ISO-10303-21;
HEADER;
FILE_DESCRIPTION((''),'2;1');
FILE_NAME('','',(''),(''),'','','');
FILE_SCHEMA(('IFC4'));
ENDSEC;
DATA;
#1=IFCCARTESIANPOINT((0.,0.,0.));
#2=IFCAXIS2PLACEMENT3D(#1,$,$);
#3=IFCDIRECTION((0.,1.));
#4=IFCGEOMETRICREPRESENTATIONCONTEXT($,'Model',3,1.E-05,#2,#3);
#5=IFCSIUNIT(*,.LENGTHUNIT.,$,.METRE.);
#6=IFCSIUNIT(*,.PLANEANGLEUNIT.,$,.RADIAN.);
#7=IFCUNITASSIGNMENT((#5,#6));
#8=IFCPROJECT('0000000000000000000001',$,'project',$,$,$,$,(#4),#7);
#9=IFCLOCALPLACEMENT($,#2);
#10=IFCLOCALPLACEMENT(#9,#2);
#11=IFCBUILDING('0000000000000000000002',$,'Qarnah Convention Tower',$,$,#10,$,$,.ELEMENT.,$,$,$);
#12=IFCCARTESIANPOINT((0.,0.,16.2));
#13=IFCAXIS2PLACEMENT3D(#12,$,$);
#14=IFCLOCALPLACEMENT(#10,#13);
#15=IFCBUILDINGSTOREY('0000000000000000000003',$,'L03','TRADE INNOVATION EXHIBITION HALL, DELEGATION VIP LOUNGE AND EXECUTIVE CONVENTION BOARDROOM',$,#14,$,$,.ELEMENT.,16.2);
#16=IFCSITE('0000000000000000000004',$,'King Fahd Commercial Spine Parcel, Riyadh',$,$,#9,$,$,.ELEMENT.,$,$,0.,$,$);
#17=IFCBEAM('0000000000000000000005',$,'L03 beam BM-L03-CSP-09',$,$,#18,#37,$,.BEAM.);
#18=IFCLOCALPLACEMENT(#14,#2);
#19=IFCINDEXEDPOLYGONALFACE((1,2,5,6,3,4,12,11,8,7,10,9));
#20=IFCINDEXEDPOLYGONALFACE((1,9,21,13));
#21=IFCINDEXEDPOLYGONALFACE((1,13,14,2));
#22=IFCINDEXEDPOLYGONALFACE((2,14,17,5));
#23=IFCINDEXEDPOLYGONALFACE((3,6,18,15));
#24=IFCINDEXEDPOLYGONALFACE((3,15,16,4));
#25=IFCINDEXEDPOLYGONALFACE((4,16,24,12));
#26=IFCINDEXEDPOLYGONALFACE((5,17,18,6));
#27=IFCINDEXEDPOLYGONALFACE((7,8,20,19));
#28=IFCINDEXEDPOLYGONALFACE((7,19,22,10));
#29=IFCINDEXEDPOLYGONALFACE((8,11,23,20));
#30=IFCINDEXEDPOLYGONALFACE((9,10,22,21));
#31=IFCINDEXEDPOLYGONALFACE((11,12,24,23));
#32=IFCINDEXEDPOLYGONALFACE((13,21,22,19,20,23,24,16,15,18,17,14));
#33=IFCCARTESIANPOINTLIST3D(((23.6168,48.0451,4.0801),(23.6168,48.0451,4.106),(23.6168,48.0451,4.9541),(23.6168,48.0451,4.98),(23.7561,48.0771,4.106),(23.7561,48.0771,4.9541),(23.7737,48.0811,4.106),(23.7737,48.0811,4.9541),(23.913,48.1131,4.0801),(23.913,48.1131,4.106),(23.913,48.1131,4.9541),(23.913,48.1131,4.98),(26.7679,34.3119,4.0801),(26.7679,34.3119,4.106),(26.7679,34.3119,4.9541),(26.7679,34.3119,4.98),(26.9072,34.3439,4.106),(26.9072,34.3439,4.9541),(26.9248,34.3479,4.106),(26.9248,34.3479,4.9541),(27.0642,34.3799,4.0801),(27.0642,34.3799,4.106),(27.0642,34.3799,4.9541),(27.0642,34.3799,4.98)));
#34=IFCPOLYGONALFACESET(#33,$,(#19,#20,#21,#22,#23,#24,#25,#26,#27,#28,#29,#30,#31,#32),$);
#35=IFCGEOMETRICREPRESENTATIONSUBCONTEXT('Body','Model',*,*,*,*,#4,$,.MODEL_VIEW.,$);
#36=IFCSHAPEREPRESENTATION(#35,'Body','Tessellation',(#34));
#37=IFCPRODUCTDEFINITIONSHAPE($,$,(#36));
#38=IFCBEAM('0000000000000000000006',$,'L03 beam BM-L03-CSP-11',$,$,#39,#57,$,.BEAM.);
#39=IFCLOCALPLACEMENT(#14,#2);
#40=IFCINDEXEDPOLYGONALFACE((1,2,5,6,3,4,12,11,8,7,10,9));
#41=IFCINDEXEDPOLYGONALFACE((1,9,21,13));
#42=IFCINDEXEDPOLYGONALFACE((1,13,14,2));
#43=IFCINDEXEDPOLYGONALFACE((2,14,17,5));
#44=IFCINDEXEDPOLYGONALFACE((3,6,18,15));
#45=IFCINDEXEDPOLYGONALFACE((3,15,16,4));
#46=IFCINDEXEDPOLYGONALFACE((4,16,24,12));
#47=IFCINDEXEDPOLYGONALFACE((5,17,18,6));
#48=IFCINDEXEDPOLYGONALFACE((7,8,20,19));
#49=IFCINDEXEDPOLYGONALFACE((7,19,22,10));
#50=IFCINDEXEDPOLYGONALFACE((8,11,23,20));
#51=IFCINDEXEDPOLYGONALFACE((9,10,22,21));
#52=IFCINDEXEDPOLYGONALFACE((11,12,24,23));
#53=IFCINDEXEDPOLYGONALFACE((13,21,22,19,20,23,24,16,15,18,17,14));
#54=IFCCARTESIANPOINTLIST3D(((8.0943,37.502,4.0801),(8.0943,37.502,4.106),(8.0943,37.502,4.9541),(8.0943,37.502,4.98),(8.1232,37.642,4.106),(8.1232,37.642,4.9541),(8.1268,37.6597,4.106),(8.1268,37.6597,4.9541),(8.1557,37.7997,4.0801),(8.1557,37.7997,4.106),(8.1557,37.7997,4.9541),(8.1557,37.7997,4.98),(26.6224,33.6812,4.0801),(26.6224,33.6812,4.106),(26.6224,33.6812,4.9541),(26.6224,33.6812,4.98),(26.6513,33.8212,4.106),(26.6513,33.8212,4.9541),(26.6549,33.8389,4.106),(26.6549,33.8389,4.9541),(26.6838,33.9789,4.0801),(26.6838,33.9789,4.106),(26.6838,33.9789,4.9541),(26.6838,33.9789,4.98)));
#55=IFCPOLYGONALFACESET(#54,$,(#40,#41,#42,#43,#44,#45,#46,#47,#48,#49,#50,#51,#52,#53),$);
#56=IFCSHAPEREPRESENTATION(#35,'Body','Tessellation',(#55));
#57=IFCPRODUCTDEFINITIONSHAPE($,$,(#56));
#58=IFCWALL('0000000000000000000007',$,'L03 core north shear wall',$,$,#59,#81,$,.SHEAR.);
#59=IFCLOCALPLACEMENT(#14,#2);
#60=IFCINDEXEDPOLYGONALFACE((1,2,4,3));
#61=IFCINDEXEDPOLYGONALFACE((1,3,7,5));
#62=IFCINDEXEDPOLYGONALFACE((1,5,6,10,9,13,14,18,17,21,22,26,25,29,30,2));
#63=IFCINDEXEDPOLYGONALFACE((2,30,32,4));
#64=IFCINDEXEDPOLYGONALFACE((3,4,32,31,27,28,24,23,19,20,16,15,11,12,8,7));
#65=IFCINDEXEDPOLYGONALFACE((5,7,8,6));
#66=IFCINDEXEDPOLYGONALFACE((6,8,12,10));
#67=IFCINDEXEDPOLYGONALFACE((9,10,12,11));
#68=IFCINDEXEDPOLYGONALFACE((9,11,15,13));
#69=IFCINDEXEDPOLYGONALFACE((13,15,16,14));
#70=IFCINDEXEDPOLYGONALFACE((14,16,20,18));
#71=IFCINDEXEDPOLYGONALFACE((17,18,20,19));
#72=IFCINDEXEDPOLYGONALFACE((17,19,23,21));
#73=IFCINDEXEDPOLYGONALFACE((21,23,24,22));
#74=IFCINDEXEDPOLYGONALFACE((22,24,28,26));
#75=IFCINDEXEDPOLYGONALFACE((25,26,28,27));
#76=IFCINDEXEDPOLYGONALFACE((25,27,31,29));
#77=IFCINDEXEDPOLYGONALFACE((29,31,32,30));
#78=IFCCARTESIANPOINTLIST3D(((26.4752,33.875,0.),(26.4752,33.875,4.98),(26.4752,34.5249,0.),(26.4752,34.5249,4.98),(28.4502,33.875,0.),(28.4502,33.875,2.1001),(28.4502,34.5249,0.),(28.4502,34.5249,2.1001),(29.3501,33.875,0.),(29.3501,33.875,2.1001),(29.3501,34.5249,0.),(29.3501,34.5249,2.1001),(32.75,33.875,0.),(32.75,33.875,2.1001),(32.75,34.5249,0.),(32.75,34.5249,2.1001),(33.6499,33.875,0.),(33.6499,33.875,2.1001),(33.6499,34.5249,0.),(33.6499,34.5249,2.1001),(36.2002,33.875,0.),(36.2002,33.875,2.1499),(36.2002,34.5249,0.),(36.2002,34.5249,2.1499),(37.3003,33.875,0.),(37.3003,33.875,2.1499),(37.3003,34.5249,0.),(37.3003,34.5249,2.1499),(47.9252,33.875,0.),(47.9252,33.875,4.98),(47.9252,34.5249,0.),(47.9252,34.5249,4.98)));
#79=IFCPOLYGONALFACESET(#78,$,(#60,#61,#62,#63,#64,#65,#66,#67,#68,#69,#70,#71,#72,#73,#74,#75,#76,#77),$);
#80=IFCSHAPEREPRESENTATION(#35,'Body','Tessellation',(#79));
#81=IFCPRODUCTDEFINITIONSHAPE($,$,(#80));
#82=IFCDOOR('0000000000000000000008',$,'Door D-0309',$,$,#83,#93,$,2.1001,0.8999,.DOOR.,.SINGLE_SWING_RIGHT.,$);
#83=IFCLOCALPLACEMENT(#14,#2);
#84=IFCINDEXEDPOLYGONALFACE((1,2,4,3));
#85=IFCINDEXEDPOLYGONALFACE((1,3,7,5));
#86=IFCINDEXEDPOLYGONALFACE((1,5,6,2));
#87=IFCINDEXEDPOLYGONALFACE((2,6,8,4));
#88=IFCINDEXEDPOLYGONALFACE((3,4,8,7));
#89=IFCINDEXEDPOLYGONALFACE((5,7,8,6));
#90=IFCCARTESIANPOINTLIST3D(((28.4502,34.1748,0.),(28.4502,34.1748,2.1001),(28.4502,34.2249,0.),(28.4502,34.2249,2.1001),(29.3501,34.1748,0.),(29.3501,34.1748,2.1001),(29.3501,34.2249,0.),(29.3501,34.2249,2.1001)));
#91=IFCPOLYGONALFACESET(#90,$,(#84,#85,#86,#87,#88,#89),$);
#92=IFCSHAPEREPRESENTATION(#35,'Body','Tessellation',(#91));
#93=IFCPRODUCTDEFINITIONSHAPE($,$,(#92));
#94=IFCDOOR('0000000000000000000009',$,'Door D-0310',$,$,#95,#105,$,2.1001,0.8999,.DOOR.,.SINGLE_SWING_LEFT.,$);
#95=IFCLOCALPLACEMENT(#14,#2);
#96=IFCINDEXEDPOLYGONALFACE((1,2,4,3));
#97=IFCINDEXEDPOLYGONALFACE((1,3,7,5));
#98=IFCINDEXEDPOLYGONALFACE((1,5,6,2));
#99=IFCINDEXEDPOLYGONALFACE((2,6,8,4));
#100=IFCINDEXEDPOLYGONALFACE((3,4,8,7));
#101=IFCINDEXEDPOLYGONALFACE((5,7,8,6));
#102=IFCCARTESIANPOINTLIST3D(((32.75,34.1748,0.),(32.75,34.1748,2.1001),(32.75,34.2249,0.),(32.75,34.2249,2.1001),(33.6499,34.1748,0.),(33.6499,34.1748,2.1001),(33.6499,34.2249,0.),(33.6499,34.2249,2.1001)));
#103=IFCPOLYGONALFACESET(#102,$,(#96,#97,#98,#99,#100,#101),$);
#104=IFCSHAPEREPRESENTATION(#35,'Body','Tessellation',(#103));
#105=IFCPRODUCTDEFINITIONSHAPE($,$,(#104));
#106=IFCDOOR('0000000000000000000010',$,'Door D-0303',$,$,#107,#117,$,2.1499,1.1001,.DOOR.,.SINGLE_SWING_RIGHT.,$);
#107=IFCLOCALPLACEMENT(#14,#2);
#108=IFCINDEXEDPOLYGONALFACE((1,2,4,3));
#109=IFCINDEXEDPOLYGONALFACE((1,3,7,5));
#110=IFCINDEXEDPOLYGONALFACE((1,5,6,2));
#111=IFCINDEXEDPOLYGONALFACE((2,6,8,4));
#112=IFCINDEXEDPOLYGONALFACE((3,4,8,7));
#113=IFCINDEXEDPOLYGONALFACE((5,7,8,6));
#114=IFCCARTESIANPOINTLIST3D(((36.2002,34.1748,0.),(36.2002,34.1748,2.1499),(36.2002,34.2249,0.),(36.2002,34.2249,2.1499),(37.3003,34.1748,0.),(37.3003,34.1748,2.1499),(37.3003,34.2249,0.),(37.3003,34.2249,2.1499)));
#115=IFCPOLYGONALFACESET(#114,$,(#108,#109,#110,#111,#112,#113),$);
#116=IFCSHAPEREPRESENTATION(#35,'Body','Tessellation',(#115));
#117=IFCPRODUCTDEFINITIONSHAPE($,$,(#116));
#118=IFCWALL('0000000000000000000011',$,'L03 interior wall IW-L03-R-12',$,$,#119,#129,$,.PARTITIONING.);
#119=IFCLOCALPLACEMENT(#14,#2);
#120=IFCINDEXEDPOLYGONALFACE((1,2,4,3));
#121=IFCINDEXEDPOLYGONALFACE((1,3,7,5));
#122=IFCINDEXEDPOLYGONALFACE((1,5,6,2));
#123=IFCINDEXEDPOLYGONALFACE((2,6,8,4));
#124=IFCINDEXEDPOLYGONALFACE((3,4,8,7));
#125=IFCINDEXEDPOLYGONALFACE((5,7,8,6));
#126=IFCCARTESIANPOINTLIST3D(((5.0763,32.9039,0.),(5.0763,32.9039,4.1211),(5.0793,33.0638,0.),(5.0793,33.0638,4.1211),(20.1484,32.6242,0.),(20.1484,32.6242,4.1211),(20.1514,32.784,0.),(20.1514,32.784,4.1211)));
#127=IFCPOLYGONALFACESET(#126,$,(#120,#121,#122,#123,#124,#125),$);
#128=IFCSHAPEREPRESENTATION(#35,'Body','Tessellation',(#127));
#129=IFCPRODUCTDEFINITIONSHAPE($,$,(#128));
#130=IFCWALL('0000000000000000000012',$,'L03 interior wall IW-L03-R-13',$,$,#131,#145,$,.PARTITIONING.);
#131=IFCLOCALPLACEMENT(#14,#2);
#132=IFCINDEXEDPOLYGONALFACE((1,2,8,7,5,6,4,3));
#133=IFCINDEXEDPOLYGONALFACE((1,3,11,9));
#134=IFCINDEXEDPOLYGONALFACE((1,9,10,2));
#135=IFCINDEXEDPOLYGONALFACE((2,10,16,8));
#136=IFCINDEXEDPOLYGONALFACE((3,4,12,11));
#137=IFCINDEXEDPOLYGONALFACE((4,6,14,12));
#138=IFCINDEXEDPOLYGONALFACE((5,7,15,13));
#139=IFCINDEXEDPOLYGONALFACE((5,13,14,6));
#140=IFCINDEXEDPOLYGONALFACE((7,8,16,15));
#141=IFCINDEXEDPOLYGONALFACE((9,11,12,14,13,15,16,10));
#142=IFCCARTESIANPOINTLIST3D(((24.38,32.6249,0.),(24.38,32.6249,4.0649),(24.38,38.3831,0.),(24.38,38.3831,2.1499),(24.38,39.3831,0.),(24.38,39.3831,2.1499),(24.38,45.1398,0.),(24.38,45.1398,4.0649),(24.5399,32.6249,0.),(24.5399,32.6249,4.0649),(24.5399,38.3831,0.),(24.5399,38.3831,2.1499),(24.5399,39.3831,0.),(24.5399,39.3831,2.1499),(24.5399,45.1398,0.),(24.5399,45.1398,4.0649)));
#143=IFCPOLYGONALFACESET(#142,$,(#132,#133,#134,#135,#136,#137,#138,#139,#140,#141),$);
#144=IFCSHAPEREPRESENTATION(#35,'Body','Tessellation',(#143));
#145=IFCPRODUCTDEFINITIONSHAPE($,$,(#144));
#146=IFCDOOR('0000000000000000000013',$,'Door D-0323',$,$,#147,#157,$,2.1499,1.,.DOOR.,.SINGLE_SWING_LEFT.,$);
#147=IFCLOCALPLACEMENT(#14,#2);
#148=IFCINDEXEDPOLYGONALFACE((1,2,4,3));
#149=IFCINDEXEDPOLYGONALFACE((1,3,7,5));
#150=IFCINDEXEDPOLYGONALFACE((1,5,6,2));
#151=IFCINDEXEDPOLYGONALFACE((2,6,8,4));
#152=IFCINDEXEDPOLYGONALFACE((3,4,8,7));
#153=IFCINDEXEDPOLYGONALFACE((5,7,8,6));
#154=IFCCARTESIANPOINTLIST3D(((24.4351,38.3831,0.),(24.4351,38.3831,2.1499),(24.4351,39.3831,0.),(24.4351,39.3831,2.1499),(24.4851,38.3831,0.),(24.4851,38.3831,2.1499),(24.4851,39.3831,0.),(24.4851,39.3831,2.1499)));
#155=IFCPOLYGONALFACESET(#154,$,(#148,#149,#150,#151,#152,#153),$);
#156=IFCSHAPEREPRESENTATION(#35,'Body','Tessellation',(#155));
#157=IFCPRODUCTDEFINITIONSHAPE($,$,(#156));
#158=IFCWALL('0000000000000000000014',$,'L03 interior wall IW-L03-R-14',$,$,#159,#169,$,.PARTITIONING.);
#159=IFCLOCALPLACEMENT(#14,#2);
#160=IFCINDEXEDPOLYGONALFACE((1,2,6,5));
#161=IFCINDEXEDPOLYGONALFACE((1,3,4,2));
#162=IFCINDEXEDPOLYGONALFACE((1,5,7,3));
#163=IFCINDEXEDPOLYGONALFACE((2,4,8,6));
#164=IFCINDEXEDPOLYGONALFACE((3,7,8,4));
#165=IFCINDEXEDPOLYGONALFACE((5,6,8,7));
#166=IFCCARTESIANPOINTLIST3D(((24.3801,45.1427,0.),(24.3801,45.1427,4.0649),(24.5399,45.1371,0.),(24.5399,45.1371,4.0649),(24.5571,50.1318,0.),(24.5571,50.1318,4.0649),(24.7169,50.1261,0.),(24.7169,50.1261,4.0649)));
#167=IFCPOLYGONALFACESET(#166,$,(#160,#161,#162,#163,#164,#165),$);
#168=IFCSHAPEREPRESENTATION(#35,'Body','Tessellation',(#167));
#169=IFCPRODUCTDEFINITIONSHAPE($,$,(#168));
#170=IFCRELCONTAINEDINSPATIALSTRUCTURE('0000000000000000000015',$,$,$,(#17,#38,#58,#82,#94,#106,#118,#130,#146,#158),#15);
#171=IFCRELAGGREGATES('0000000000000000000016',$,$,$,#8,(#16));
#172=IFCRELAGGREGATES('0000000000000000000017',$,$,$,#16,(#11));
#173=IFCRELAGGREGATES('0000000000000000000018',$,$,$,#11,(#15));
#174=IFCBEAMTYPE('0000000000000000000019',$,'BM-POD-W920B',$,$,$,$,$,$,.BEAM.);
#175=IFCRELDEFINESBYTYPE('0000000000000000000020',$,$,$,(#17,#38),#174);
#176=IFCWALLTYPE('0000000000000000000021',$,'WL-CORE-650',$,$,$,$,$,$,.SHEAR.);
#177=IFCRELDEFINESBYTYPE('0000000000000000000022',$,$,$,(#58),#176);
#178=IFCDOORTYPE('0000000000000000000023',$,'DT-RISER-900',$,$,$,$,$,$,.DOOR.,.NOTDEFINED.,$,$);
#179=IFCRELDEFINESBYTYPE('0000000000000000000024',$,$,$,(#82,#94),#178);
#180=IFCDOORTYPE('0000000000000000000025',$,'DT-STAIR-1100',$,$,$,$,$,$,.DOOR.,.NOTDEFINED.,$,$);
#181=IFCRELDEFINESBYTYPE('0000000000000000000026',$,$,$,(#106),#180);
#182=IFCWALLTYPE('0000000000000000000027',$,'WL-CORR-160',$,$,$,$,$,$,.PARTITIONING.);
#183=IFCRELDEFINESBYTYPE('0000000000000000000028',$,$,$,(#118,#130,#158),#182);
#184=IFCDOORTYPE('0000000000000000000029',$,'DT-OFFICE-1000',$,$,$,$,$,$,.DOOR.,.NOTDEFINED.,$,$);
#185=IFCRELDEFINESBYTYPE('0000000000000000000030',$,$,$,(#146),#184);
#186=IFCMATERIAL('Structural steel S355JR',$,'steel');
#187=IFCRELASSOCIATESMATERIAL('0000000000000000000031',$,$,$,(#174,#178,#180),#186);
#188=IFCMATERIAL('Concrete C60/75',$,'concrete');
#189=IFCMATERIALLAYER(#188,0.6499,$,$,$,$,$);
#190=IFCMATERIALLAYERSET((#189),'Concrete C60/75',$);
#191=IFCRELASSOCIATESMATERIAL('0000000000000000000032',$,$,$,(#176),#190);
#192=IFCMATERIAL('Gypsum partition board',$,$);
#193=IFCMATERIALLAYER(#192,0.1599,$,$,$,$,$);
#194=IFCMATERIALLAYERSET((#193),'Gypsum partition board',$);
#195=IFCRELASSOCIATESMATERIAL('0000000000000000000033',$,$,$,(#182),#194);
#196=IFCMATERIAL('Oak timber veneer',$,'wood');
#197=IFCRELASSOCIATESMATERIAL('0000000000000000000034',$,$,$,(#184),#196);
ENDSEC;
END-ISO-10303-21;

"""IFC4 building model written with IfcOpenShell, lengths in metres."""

from ifc_helpers import new_model, si_unit, direction, frame, frame_2d, origin, origin_2d, place, context, subcontext, project, spatial, rectangle, i_section, extrude, material, layer, layer_set, material_profile, profile_set, type_object, element, fill, save


model = new_model("IFC4")

# Units and contexts
model_context = context("Model", 3, precision=1e-05, world=origin(), true_north=direction((0.0, 1.0)))
body_context = subcontext(model_context, "Body", "Model", "MODEL_VIEW")
ifc_project = project(units=[si_unit("LENGTHUNIT", "METRE"), si_unit("PLANEANGLEUNIT", "RADIAN")], contexts=[model_context])

# Site, building, storey
site_placement = place(None, origin())
site = spatial("IfcSite", under=ifc_project, at=site_placement, Name="King Fahd Commercial Spine Parcel, Riyadh", CompositionType="ELEMENT", RefElevation=0.0)
building_placement = place(site_placement, origin())
building = spatial("IfcBuilding", under=site, at=building_placement, Name="Qarnah Convention Tower", CompositionType="ELEMENT")
storey_placement = place(building_placement, frame((0.0, 0.0, 16.2)))
storey = spatial("IfcBuildingStorey", under=building, at=storey_placement, Name="L03", Description="TRADE INNOVATION EXHIBITION HALL, DELEGATION VIP LOUNGE AND EXECUTIVE CONVENTION BOARDROOM", CompositionType="ELEMENT", Elevation=16.2)

# Shared definitions
ifc_material_1 = material(Name="Concrete C60/75", Category="concrete")

# Beams
ifc_material_2 = material(Name="Structural steel S355JR", Category="steel")
ifc_material_profile_1 = material_profile(ifc_material_2, i_section(OverallWidth=0.304, OverallDepth=0.8999, WebThickness=0.0181, FlangeThickness=0.0259, at=origin_2d()), Name="W920X271")
ifc_profile_set_1 = profile_set([ifc_material_profile_1], Name="Structural steel S355JR")
beam_type_1 = type_object("IfcBeamType", Name="BM-POD-W920B", PredefinedType="BEAM", material=ifc_profile_set_1)
beam_1_placement = place(storey_placement, frame((23.7649, 48.0791, 4.53), z_axis=(0.223642, -0.974671, 0.0), x_axis=(0.974671, 0.223642, 0.0)))
element("IfcBeam", 1, at=beam_1_placement, inside=storey, type_object=beam_type_1, Name="L03 beam BM-L03-CSP-09", PredefinedType="BEAM", context=body_context, shape_type="SweptSolid", body=[
    extrude(i_section(OverallWidth=0.304, OverallDepth=0.8999, WebThickness=0.0181, FlangeThickness=0.0259, at=origin_2d()), origin(), (0.0, 0.0, 1.0), 14.0901),
])
beam_2_placement = place(storey_placement, frame((8.125, 37.6509, 4.53), z_axis=(0.979392, -0.201967, 0.0), x_axis=(0.201967, 0.979392, 0.0)))
element("IfcBeam", 2, at=beam_2_placement, inside=storey, type_object=beam_type_1, Name="L03 beam BM-L03-CSP-11", PredefinedType="BEAM", context=body_context, shape_type="SweptSolid", body=[
    extrude(i_section(OverallWidth=0.304, OverallDepth=0.8999, WebThickness=0.0181, FlangeThickness=0.0259, at=origin_2d()), origin(), (0.0, 0.0, 1.0), 18.918),
])

# Wall, openings, doors
ifc_layer_1 = layer(ifc_material_1, 0.6499)
ifc_layer_set_1 = layer_set([ifc_layer_1], Name="Concrete C60/75")
wall_type_1 = type_object("IfcWallType", Name="WL-CORE-650", PredefinedType="SHEAR", material=ifc_layer_set_1)
wall_1_placement = place(storey_placement, frame((26.4751, 34.2, 0.0), z_axis=(0.0, 0.0, 1.0), x_axis=(1.0, 0.0, 0.0)))
wall_1 = element("IfcWall", 3, at=wall_1_placement, inside=storey, type_object=wall_type_1, Name="L03 core north shear wall", PredefinedType="SHEAR", context=body_context, shape_type="SweptSolid", body=[
    extrude(rectangle(XDim=21.45, YDim=0.6499, at=frame_2d((10.7251, 0.0))), origin(), (0.0, 0.0, 1.0), 4.98),
])
opening_1_placement = place(wall_1_placement, frame((9.7251, 0.0, 0.0)))
opening_1 = element("IfcOpeningElement", 4, at=opening_1_placement, cuts=wall_1, PredefinedType="OPENING", context=body_context, shape_type="SweptSolid", body=[
    extrude(rectangle(XDim=1.1001, YDim=2.1499, at=frame_2d((0.55, 1.075))), frame((0.0, 0.335, 0.0), z_axis=(0.0, -1.0, 0.0), x_axis=(1.0, 0.0, 0.0)), (0.0, 0.0, 1.0), 0.6699),
])
opening_2_placement = place(wall_1_placement, frame((1.9751, 0.0, 0.0)))
opening_2 = element("IfcOpeningElement", 5, at=opening_2_placement, cuts=wall_1, PredefinedType="OPENING", context=body_context, shape_type="SweptSolid", body=[
    extrude(rectangle(XDim=0.8999, YDim=2.1001, at=frame_2d((0.45, 1.05))), frame((0.0, 0.335, 0.0), z_axis=(0.0, -1.0, 0.0), x_axis=(1.0, 0.0, 0.0)), (0.0, 0.0, 1.0), 0.6699),
])
opening_3_placement = place(wall_1_placement, frame((6.2749, 0.0, 0.0)))
opening_3 = element("IfcOpeningElement", 6, at=opening_3_placement, cuts=wall_1, PredefinedType="OPENING", context=body_context, shape_type="SweptSolid", body=[
    extrude(rectangle(XDim=0.8999, YDim=2.1001, at=frame_2d((0.45, 1.05))), frame((0.0, 0.335, 0.0), z_axis=(0.0, -1.0, 0.0), x_axis=(1.0, 0.0, 0.0)), (0.0, 0.0, 1.0), 0.6699),
])
door_type_1 = type_object("IfcDoorType", Name="DT-RISER-900", OperationType="NOTDEFINED", PredefinedType="DOOR", material=ifc_material_2)
door_1_placement = place(opening_2_placement, origin())
door_1 = element("IfcDoor", 7, at=door_1_placement, inside=storey, type_object=door_type_1, Name="Door D-0309", OperationType="SINGLE_SWING_RIGHT", OverallHeight=2.1001, OverallWidth=0.8999, PredefinedType="DOOR", context=body_context, shape_type="SweptSolid", body=[
    extrude(rectangle(XDim=0.8999, YDim=2.1001, at=frame_2d((0.45, 1.05))), frame((0.0, 0.0249, 0.0), z_axis=(0.0, -1.0, 0.0), x_axis=(1.0, 0.0, 0.0)), (0.0, 0.0, 1.0), 0.05),
])
fill(opening_2, door_1)
door_2_placement = place(opening_3_placement, origin())
door_2 = element("IfcDoor", 8, at=door_2_placement, inside=storey, type_object=door_type_1, Name="Door D-0310", OperationType="SINGLE_SWING_LEFT", OverallHeight=2.1001, OverallWidth=0.8999, PredefinedType="DOOR", context=body_context, shape_type="SweptSolid", body=[
    extrude(rectangle(XDim=0.8999, YDim=2.1001, at=frame_2d((0.45, 1.05))), frame((0.0, 0.0249, 0.0), z_axis=(0.0, -1.0, 0.0), x_axis=(1.0, 0.0, 0.0)), (0.0, 0.0, 1.0), 0.05),
])
fill(opening_3, door_2)
door_type_2 = type_object("IfcDoorType", Name="DT-STAIR-1100", OperationType="NOTDEFINED", PredefinedType="DOOR", material=ifc_material_2)
door_3_placement = place(opening_1_placement, origin())
door_3 = element("IfcDoor", 9, at=door_3_placement, inside=storey, type_object=door_type_2, Name="Door D-0303", OperationType="SINGLE_SWING_RIGHT", OverallHeight=2.1499, OverallWidth=1.1001, PredefinedType="DOOR", context=body_context, shape_type="SweptSolid", body=[
    extrude(rectangle(XDim=1.1001, YDim=2.1499, at=frame_2d((0.55, 1.075))), frame((0.0, 0.0249, 0.0), z_axis=(0.0, -1.0, 0.0), x_axis=(1.0, 0.0, 0.0)), (0.0, 0.0, 1.0), 0.05),
])
fill(opening_1, door_3)

# Wall
ifc_material_3 = material(Name="Gypsum partition board")
ifc_layer_2 = layer(ifc_material_3, 0.1599)
ifc_layer_set_2 = layer_set([ifc_layer_2], Name="Gypsum partition board")
wall_type_2 = type_object("IfcWallType", Name="WL-CORR-160", PredefinedType="PARTITIONING", material=ifc_layer_set_2)
wall_2_placement = place(storey_placement, frame((20.1499, 32.7041, 0.0), z_axis=(0.0, 0.0, 1.0), x_axis=(-0.999828, 0.01856, 0.0)))
element("IfcWall", 10, at=wall_2_placement, inside=storey, type_object=wall_type_2, Name="L03 interior wall IW-L03-R-12", PredefinedType="PARTITIONING", context=body_context, shape_type="SweptSolid", body=[
    extrude(rectangle(XDim=15.0747, YDim=0.1599, at=frame_2d((7.5374, 0.0))), origin(), (0.0, 0.0, 1.0), 4.1211),
])

# Wall, opening, door
wall_3_placement = place(storey_placement, frame((24.46, 32.625, 0.0), z_axis=(0.0, 0.0, 1.0), x_axis=(0.0, 1.0, 0.0)))
wall_3 = element("IfcWall", 11, at=wall_3_placement, inside=storey, type_object=wall_type_2, Name="L03 interior wall IW-L03-R-13", PredefinedType="PARTITIONING", context=body_context, shape_type="SweptSolid", body=[
    extrude(rectangle(XDim=12.5149, YDim=0.1599, at=frame_2d((6.2573, 0.0))), origin(), (0.0, 0.0, 1.0), 4.0649),
])
opening_4_placement = place(wall_3_placement, frame((5.7581, 0.0, 0.0)))
opening_4 = element("IfcOpeningElement", 12, at=opening_4_placement, cuts=wall_3, PredefinedType="OPENING", context=body_context, shape_type="SweptSolid", body=[
    extrude(rectangle(XDim=1.0, YDim=2.1499, at=frame_2d((0.5, 1.075))), frame((0.0, 0.0898, 0.0), z_axis=(0.0, -1.0, 0.0), x_axis=(1.0, 0.0, 0.0)), (0.0, 0.0, 1.0), 0.1799),
])
ifc_material_4 = material(Name="Oak timber veneer", Category="wood")
door_type_3 = type_object("IfcDoorType", Name="DT-OFFICE-1000", OperationType="NOTDEFINED", PredefinedType="DOOR", material=ifc_material_4)
door_4_placement = place(opening_4_placement, origin())
door_4 = element("IfcDoor", 13, at=door_4_placement, inside=storey, type_object=door_type_3, Name="Door D-0323", OperationType="SINGLE_SWING_LEFT", OverallHeight=2.1499, OverallWidth=1.0, PredefinedType="DOOR", context=body_context, shape_type="SweptSolid", body=[
    extrude(rectangle(XDim=1.0, YDim=2.1499, at=frame_2d((0.5, 1.075))), frame((0.0, 0.0249, 0.0), z_axis=(0.0, -1.0, 0.0), x_axis=(1.0, 0.0, 0.0)), (0.0, 0.0, 1.0), 0.05),
])
fill(opening_4, door_4)

# Wall
wall_4_placement = place(storey_placement, frame((24.46, 45.1399, 0.0), z_axis=(0.0, 0.0, 1.0), x_axis=(0.035456, 0.999371, 0.0)))
element("IfcWall", 14, at=wall_4_placement, inside=storey, type_object=wall_type_2, Name="L03 interior wall IW-L03-R-14", PredefinedType="PARTITIONING", context=body_context, shape_type="SweptSolid", body=[
    extrude(rectangle(XDim=4.9922, YDim=0.1599, at=frame_2d((2.4961, 0.0))), origin(), (0.0, 0.0, 1.0), 4.0649),
])

save(model, "model.ifc")
